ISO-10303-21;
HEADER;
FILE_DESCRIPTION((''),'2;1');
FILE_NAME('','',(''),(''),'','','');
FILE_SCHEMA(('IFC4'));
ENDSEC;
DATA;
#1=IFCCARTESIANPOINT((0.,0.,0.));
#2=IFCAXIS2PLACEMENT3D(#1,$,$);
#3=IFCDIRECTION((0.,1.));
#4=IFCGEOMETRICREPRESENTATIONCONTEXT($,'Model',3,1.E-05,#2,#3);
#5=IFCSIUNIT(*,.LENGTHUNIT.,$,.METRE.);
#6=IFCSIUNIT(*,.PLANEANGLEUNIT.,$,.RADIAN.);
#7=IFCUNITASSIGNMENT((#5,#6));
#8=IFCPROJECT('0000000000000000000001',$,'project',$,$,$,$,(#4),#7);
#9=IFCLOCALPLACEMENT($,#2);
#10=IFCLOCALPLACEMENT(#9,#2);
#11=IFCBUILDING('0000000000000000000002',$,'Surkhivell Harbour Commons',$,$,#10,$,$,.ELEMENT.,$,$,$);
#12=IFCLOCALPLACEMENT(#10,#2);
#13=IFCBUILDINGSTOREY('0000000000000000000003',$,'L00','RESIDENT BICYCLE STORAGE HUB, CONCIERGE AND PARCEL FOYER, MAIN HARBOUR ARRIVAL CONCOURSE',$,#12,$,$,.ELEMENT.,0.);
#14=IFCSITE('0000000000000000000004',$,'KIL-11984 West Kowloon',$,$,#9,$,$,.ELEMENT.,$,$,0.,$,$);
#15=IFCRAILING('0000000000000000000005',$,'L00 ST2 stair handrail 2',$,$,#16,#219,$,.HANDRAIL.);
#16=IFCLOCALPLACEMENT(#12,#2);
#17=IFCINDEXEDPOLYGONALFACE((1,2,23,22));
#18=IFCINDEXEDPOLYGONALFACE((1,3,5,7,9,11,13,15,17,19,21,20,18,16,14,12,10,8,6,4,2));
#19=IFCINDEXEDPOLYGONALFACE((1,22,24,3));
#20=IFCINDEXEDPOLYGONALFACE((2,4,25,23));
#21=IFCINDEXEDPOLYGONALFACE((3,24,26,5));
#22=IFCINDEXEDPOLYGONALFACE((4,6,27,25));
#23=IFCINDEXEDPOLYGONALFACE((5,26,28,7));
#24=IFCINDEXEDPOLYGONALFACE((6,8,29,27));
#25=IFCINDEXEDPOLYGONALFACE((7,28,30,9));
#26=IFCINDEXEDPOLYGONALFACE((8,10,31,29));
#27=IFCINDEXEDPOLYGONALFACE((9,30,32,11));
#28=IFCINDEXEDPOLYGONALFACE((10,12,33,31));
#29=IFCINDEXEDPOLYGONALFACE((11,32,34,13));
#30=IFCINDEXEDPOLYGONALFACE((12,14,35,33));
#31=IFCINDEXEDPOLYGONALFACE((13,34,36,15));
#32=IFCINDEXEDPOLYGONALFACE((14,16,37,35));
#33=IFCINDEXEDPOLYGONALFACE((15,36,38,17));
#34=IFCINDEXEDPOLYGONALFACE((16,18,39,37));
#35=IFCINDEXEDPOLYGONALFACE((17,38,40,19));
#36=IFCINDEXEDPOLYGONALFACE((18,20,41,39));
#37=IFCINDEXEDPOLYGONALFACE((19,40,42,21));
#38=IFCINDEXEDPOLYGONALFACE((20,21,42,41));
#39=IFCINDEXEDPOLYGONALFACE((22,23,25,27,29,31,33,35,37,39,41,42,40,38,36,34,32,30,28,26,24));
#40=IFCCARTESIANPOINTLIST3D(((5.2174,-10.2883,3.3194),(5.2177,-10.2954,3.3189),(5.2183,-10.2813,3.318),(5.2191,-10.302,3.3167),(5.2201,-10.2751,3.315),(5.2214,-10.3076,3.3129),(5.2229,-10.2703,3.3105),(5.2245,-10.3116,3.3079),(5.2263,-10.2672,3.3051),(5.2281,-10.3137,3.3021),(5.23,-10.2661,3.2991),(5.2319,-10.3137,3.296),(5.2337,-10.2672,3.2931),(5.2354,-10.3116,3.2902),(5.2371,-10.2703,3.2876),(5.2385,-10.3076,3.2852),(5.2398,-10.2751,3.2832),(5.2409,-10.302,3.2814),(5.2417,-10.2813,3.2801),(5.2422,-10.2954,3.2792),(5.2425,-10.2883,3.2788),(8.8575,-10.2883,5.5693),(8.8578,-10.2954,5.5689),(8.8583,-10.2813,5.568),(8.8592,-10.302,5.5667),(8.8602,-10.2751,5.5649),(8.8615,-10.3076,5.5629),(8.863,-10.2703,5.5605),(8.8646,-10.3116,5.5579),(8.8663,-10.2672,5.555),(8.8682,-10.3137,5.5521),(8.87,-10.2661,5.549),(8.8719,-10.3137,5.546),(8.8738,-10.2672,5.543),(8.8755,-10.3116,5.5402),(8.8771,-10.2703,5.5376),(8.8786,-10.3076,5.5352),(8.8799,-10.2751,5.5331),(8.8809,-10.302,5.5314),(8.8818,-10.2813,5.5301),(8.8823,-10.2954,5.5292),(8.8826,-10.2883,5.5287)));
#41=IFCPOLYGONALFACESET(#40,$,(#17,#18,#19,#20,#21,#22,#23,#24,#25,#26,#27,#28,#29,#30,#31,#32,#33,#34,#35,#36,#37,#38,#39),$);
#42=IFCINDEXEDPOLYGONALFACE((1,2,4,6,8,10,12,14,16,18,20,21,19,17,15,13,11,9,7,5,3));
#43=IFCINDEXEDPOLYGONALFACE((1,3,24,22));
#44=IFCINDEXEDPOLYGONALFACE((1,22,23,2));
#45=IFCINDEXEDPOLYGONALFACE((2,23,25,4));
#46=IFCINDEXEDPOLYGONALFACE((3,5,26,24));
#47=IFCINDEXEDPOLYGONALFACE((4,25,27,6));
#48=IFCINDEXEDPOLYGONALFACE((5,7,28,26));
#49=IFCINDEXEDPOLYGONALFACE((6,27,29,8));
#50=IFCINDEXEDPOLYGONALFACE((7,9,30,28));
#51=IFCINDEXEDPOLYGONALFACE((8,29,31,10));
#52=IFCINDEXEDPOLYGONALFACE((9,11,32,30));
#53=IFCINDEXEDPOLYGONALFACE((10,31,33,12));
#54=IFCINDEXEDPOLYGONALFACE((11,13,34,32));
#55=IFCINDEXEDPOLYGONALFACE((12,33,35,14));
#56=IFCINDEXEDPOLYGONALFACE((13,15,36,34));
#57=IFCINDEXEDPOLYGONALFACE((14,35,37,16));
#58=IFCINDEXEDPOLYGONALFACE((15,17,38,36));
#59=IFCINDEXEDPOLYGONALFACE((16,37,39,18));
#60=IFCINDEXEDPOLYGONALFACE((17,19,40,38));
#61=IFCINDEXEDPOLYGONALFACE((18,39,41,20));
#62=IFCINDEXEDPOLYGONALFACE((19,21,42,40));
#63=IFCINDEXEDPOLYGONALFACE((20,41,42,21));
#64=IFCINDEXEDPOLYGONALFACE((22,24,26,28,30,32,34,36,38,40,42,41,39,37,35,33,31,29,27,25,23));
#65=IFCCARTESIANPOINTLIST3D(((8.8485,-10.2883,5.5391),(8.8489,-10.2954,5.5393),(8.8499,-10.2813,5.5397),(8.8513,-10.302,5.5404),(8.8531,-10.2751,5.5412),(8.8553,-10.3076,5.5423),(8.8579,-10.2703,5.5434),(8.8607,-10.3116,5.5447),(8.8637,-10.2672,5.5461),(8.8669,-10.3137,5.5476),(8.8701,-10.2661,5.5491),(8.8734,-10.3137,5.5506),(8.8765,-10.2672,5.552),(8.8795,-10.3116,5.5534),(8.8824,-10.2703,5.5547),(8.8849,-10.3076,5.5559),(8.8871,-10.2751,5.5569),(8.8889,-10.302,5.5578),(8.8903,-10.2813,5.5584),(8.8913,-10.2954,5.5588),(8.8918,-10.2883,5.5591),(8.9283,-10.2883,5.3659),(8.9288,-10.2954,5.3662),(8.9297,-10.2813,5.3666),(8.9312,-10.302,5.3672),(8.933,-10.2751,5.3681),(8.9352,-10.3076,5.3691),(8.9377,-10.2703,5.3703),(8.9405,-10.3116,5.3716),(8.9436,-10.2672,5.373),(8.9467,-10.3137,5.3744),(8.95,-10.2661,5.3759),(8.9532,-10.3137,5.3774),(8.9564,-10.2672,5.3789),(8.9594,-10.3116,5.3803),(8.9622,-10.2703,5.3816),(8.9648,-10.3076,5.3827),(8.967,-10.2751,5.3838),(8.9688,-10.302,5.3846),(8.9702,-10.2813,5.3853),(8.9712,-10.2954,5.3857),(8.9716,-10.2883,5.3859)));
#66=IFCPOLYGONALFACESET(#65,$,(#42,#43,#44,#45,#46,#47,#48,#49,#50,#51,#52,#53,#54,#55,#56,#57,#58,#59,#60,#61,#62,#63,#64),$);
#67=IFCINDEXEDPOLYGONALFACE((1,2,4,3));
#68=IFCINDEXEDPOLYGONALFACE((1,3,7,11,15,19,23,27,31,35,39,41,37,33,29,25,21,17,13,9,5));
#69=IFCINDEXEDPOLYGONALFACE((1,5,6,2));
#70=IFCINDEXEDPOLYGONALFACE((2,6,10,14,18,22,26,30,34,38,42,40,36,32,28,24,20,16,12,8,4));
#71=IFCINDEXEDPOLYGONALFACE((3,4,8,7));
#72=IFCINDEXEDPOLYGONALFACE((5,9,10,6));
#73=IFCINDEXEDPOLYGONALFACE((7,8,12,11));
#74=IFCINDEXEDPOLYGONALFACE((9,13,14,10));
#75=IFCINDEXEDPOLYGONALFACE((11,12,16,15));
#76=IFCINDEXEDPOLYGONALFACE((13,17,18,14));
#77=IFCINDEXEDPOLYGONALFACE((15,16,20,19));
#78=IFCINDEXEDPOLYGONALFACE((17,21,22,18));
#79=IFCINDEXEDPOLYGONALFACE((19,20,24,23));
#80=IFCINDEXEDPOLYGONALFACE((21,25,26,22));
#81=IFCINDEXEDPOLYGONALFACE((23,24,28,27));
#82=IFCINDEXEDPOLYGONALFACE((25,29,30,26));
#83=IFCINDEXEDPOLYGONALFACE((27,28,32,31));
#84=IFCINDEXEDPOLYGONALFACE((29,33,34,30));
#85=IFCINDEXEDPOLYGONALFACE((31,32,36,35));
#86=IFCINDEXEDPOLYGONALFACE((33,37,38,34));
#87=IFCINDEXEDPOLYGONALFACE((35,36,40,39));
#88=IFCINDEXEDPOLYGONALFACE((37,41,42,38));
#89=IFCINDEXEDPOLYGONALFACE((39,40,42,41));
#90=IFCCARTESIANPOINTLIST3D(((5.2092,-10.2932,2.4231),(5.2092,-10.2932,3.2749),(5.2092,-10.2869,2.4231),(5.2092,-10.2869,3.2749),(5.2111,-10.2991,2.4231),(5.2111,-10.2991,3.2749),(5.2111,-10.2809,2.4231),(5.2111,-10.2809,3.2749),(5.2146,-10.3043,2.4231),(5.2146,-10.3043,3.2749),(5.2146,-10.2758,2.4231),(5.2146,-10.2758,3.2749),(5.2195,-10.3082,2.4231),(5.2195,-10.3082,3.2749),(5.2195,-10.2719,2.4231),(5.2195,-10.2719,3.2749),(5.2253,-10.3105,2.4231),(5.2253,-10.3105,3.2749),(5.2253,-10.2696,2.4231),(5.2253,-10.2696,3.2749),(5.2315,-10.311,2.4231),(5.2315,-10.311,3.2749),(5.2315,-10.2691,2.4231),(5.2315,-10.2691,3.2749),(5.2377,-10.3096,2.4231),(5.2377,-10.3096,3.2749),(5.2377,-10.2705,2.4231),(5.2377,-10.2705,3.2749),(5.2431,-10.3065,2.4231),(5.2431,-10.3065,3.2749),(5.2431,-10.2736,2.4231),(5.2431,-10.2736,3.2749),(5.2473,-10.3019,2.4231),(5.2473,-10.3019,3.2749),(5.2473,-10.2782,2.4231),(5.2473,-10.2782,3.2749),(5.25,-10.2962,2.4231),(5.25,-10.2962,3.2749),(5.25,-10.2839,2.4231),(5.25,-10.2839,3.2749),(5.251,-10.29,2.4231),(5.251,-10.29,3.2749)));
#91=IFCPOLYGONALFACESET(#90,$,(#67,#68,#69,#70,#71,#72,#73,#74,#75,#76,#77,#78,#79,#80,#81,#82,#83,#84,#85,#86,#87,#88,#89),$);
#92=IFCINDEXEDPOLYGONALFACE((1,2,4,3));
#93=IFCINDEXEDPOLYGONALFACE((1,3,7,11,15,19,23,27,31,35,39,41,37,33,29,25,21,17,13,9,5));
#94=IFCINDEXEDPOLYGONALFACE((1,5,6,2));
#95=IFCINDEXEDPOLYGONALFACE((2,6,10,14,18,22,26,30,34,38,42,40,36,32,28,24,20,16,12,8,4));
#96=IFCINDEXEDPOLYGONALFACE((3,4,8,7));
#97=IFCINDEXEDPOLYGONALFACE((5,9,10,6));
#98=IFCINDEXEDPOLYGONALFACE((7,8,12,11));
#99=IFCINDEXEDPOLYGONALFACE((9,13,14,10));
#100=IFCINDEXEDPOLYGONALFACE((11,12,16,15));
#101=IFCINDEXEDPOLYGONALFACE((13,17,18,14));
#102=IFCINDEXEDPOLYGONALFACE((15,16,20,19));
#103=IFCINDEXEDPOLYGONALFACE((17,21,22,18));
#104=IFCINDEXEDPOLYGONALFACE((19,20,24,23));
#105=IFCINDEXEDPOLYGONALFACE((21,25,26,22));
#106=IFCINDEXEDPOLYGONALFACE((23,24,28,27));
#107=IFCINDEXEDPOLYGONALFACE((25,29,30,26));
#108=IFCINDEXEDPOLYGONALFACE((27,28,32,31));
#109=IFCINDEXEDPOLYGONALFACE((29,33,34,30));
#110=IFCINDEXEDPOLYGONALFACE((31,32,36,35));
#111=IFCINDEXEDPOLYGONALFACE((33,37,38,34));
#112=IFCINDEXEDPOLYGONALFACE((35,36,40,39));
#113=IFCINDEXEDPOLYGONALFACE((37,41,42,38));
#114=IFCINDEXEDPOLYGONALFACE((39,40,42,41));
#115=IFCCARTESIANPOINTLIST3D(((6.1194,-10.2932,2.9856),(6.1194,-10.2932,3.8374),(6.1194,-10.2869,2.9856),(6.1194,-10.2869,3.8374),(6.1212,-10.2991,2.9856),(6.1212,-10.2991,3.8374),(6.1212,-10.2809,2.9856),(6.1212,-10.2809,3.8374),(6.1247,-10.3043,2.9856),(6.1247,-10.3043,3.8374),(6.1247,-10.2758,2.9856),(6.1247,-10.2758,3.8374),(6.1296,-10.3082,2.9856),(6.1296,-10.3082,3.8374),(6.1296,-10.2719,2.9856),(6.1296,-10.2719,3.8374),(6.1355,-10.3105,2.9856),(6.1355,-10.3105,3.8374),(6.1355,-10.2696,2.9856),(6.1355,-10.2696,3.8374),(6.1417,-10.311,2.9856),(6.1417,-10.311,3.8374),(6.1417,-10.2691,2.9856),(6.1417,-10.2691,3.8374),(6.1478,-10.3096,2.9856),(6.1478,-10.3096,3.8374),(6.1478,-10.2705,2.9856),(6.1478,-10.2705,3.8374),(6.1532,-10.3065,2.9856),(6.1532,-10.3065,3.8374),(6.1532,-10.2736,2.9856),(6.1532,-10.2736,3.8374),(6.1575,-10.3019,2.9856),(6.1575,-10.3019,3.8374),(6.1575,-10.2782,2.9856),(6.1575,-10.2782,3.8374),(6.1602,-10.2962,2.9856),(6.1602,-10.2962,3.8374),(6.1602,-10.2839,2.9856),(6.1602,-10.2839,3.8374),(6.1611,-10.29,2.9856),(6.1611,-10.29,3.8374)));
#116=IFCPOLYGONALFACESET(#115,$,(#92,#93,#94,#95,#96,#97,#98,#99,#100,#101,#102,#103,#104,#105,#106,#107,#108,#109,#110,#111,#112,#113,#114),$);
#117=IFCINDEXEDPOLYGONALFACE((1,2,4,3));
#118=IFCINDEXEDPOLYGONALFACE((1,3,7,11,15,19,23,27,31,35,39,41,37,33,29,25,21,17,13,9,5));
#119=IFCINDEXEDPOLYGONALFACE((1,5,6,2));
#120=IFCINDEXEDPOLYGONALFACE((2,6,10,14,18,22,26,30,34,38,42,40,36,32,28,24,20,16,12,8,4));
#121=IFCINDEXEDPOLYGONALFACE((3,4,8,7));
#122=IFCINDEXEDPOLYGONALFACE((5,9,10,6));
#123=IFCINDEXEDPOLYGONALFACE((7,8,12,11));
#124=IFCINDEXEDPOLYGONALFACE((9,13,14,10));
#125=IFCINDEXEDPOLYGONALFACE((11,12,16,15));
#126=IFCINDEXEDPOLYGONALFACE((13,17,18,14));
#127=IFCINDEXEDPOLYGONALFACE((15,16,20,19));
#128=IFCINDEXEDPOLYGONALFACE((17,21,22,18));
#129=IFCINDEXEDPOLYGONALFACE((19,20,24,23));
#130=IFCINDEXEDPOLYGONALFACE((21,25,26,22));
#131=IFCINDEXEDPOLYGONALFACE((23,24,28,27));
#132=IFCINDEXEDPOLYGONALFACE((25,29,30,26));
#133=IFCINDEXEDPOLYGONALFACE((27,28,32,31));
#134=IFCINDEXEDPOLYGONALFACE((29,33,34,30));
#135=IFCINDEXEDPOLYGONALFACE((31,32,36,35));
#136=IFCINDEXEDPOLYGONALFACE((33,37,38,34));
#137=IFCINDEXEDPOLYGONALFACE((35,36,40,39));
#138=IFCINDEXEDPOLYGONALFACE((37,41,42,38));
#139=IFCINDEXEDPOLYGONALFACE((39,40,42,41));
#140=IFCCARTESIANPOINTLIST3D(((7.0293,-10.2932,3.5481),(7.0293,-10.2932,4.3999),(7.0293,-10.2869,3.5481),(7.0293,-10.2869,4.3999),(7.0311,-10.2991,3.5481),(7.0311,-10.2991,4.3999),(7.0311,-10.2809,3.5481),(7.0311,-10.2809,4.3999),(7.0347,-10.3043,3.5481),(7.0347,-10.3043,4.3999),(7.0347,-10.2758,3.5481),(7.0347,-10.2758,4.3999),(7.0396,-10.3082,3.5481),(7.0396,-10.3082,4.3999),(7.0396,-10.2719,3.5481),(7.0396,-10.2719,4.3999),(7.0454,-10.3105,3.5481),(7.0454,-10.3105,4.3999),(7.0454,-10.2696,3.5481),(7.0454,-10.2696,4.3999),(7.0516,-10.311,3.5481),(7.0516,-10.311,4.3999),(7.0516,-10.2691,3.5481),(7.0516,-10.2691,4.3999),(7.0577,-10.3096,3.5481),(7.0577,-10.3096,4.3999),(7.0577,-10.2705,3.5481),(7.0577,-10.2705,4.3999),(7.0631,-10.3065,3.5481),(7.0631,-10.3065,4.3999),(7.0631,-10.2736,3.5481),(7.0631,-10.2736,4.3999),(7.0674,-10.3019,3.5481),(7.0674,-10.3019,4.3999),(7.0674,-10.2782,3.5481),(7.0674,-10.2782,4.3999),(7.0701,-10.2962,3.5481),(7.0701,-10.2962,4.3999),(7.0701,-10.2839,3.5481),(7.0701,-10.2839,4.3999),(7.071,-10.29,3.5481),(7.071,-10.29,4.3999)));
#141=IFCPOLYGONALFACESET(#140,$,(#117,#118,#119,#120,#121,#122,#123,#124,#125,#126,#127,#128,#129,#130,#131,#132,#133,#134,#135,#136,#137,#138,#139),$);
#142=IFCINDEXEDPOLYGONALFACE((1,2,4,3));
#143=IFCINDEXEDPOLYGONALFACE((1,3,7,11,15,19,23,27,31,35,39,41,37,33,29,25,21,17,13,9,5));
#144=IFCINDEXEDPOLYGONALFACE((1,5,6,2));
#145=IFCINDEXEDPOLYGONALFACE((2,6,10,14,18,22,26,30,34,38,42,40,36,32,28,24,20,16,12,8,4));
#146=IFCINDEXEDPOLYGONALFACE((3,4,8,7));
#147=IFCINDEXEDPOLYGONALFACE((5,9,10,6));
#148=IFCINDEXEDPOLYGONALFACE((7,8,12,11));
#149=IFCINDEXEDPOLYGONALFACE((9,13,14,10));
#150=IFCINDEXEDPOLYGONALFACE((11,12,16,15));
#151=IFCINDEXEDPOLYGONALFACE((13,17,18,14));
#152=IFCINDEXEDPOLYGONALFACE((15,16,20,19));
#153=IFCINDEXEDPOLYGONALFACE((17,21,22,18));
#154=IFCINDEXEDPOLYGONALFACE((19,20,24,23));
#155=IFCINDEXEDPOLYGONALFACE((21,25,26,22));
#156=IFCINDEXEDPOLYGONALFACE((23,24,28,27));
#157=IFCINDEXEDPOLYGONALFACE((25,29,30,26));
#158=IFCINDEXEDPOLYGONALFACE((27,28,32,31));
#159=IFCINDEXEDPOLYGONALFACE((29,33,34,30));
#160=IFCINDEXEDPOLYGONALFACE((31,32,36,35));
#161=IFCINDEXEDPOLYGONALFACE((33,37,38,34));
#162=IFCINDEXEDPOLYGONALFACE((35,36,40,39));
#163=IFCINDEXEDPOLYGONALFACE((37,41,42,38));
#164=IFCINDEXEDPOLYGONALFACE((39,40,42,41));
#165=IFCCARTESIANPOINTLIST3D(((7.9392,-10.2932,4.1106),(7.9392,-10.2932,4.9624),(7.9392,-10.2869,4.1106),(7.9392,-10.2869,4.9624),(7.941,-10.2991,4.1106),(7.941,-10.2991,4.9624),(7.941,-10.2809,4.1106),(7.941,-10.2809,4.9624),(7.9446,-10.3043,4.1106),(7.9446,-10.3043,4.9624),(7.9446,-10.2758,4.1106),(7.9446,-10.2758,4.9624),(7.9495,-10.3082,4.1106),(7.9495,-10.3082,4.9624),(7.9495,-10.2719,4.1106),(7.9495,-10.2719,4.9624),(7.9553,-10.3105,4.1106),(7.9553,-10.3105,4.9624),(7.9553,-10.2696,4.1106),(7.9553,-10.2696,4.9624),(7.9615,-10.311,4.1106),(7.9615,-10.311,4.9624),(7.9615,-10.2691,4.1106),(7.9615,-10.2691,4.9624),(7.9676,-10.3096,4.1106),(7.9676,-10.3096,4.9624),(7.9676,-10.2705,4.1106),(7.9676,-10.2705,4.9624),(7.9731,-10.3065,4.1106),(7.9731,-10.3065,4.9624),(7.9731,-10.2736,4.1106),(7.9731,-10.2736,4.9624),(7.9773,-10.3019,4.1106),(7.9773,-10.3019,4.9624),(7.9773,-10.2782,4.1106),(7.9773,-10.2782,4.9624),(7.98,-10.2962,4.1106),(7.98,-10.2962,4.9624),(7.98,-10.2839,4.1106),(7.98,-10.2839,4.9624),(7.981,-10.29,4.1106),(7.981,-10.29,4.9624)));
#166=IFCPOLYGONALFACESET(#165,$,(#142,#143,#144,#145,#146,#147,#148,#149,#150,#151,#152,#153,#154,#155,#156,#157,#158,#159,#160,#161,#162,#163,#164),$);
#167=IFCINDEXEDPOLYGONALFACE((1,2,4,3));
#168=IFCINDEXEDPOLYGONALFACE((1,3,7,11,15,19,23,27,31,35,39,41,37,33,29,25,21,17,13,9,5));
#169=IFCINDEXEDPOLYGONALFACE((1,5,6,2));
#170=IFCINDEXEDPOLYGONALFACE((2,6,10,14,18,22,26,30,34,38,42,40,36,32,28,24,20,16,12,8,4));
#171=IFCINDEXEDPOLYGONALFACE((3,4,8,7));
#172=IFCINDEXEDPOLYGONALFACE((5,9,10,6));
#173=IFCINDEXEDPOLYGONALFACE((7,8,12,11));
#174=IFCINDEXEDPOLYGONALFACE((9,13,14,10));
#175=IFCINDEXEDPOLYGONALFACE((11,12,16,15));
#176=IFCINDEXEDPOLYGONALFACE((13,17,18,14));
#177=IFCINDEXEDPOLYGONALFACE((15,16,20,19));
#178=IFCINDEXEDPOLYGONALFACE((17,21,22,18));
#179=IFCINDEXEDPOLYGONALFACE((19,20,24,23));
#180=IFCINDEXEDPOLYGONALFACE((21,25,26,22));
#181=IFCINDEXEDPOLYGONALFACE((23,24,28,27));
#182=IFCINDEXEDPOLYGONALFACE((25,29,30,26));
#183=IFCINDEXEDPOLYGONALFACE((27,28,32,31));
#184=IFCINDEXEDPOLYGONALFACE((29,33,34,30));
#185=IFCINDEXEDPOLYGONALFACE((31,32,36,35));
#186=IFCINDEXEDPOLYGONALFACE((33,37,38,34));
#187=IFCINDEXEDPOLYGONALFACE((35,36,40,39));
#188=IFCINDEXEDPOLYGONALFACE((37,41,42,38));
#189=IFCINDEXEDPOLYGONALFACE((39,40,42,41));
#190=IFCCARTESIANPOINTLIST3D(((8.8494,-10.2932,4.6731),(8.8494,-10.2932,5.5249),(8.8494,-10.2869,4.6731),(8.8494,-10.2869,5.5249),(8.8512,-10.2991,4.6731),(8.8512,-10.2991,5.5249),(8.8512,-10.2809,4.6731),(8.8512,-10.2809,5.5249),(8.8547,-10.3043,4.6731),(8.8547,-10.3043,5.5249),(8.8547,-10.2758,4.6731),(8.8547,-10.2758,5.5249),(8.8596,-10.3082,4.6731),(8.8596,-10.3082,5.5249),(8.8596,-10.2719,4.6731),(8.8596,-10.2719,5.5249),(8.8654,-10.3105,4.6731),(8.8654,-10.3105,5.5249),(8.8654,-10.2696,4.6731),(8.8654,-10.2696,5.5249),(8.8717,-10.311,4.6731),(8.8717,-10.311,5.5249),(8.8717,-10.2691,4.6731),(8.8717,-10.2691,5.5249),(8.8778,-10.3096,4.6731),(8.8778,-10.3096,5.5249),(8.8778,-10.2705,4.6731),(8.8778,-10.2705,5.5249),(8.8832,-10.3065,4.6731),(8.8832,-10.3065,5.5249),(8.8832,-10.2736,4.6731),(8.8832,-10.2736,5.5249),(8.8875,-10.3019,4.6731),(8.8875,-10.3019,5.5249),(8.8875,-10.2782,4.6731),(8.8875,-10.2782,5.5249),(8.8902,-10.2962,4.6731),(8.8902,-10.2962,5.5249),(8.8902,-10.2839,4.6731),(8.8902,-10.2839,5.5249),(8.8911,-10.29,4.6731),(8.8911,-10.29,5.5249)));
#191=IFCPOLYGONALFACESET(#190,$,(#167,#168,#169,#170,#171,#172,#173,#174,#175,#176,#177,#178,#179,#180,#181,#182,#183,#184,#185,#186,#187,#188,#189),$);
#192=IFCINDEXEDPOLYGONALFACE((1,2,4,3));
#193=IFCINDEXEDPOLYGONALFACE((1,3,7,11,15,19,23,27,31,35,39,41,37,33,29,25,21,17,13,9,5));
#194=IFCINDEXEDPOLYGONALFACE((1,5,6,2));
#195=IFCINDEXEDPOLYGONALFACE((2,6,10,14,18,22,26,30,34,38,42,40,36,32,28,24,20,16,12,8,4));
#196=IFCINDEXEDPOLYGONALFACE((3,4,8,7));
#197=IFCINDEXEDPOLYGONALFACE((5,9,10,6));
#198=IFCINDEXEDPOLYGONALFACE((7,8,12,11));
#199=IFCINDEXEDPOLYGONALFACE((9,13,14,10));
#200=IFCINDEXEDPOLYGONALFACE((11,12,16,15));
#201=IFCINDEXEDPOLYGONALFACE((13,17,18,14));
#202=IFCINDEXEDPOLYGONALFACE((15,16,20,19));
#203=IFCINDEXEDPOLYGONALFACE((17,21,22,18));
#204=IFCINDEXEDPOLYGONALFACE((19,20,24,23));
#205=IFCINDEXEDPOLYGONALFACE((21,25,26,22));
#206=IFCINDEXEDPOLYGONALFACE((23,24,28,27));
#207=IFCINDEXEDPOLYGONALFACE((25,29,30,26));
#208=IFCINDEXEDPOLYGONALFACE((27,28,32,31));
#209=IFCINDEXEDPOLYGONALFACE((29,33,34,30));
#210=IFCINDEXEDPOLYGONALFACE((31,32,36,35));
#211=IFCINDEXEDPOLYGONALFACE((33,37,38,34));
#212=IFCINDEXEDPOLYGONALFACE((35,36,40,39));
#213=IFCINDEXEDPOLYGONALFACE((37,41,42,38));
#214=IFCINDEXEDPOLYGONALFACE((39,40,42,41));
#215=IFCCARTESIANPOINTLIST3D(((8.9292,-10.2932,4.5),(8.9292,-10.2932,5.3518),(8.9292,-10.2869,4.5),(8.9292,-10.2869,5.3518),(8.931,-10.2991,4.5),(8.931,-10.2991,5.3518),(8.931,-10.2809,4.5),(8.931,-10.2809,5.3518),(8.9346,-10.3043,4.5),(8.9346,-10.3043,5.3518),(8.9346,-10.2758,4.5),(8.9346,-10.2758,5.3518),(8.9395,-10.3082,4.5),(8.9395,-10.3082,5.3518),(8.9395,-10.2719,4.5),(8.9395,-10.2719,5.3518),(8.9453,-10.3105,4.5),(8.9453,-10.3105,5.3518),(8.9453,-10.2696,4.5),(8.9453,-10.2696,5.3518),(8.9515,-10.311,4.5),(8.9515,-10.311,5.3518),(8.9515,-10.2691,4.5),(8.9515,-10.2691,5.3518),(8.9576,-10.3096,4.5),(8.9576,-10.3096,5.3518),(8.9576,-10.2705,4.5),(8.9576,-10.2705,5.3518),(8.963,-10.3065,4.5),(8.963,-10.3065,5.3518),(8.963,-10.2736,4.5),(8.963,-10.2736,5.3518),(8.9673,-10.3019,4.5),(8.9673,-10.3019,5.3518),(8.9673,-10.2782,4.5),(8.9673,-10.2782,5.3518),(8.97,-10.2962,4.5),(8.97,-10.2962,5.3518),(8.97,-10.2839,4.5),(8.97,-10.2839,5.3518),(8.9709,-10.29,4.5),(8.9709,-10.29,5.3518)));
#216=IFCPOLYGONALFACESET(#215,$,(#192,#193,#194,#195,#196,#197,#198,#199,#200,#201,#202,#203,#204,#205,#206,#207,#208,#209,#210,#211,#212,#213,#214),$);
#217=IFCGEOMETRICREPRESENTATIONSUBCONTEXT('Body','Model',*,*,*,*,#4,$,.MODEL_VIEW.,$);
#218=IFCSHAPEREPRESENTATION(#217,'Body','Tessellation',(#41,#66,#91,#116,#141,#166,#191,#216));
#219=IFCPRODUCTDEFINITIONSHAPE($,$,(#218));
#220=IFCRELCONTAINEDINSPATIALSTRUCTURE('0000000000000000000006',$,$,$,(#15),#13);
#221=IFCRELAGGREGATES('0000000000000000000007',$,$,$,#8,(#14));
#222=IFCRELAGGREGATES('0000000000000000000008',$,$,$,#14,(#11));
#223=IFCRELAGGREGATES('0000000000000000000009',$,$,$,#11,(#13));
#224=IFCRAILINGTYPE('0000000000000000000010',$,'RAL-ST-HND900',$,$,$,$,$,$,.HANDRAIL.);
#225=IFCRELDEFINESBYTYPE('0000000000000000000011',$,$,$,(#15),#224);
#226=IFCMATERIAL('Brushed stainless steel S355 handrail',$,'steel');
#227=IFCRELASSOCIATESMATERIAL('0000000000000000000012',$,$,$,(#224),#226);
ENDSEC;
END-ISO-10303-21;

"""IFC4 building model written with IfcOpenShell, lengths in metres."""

from ifc_helpers import new_model, si_unit, direction, frame, origin, origin_2d, place, context, subcontext, project, spatial, circle, extrude, material, type_object, element, save


model = new_model("IFC4")

# Units and contexts
model_context = context("Model", 3, precision=1e-05, world=origin(), true_north=direction((0.0, 1.0)))
body_context = subcontext(model_context, "Body", "Model", "MODEL_VIEW")
ifc_project = project(units=[si_unit("LENGTHUNIT", "METRE"), si_unit("PLANEANGLEUNIT", "RADIAN")], contexts=[model_context])

# Site, building, storey
site_placement = place(None, origin())
site = spatial("IfcSite", under=ifc_project, at=site_placement, Name="KIL-11984 West Kowloon", CompositionType="ELEMENT", RefElevation=0.0)
building_placement = place(site_placement, origin())
building = spatial("IfcBuilding", under=site, at=building_placement, Name="Surkhivell Harbour Commons", CompositionType="ELEMENT")
storey_placement = place(building_placement, origin())
storey = spatial("IfcBuildingStorey", under=building, at=storey_placement, Name="L00", Description="RESIDENT BICYCLE STORAGE HUB, CONCIERGE AND PARCEL FOYER, MAIN HARBOUR ARRIVAL CONCOURSE", CompositionType="ELEMENT", Elevation=0.0)

# Railing
ifc_material_1 = material(Name="Brushed stainless steel S355 handrail", Category="steel")
railing_type_1 = type_object("IfcRailingType", Name="RAL-ST-HND900", PredefinedType="HANDRAIL", material=ifc_material_1)
railing_1_placement = place(storey_placement, frame((5.23, -10.29, 2.4231)))
element("IfcRailing", 1, at=railing_1_placement, inside=storey, type_object=railing_type_1, Name="L00 ST2 stair handrail 2", PredefinedType="HANDRAIL", context=body_context, shape_type="SweptSolid", body=[
    extrude(circle(Radius=0.0239, at=origin_2d()), frame((0.0, 0.0, 0.876), z_axis=(0.850622, 0.0, 0.525777), x_axis=(0.0, 1.0, 0.0)), (0.0, 0.0, 1.0), 4.2793),
    extrude(circle(Radius=0.0239, at=origin_2d()), frame((3.6401, 0.0, 3.126), z_axis=(0.418815, 0.0, -0.908072), x_axis=(0.0, 1.0, 0.0)), (0.0, 0.0, 1.0), 0.1907),
    extrude(circle(Radius=0.021, at=origin_2d()), origin(), (0.0, 0.0, 1.0), 0.8518),
    extrude(circle(Radius=0.021, at=origin_2d()), frame((0.9102, 0.0, 0.5625)), (0.0, 0.0, 1.0), 0.8518),
    extrude(circle(Radius=0.021, at=origin_2d()), frame((1.8201, 0.0, 1.125)), (0.0, 0.0, 1.0), 0.8518),
    extrude(circle(Radius=0.021, at=origin_2d()), frame((2.73, 0.0, 1.6875)), (0.0, 0.0, 1.0), 0.8518),
    extrude(circle(Radius=0.021, at=origin_2d()), frame((3.6401, 0.0, 2.25)), (0.0, 0.0, 1.0), 0.8518),
    extrude(circle(Radius=0.021, at=origin_2d()), frame((3.72, 0.0, 2.0769)), (0.0, 0.0, 1.0), 0.8518),
])

save(model, "model.ifc")
